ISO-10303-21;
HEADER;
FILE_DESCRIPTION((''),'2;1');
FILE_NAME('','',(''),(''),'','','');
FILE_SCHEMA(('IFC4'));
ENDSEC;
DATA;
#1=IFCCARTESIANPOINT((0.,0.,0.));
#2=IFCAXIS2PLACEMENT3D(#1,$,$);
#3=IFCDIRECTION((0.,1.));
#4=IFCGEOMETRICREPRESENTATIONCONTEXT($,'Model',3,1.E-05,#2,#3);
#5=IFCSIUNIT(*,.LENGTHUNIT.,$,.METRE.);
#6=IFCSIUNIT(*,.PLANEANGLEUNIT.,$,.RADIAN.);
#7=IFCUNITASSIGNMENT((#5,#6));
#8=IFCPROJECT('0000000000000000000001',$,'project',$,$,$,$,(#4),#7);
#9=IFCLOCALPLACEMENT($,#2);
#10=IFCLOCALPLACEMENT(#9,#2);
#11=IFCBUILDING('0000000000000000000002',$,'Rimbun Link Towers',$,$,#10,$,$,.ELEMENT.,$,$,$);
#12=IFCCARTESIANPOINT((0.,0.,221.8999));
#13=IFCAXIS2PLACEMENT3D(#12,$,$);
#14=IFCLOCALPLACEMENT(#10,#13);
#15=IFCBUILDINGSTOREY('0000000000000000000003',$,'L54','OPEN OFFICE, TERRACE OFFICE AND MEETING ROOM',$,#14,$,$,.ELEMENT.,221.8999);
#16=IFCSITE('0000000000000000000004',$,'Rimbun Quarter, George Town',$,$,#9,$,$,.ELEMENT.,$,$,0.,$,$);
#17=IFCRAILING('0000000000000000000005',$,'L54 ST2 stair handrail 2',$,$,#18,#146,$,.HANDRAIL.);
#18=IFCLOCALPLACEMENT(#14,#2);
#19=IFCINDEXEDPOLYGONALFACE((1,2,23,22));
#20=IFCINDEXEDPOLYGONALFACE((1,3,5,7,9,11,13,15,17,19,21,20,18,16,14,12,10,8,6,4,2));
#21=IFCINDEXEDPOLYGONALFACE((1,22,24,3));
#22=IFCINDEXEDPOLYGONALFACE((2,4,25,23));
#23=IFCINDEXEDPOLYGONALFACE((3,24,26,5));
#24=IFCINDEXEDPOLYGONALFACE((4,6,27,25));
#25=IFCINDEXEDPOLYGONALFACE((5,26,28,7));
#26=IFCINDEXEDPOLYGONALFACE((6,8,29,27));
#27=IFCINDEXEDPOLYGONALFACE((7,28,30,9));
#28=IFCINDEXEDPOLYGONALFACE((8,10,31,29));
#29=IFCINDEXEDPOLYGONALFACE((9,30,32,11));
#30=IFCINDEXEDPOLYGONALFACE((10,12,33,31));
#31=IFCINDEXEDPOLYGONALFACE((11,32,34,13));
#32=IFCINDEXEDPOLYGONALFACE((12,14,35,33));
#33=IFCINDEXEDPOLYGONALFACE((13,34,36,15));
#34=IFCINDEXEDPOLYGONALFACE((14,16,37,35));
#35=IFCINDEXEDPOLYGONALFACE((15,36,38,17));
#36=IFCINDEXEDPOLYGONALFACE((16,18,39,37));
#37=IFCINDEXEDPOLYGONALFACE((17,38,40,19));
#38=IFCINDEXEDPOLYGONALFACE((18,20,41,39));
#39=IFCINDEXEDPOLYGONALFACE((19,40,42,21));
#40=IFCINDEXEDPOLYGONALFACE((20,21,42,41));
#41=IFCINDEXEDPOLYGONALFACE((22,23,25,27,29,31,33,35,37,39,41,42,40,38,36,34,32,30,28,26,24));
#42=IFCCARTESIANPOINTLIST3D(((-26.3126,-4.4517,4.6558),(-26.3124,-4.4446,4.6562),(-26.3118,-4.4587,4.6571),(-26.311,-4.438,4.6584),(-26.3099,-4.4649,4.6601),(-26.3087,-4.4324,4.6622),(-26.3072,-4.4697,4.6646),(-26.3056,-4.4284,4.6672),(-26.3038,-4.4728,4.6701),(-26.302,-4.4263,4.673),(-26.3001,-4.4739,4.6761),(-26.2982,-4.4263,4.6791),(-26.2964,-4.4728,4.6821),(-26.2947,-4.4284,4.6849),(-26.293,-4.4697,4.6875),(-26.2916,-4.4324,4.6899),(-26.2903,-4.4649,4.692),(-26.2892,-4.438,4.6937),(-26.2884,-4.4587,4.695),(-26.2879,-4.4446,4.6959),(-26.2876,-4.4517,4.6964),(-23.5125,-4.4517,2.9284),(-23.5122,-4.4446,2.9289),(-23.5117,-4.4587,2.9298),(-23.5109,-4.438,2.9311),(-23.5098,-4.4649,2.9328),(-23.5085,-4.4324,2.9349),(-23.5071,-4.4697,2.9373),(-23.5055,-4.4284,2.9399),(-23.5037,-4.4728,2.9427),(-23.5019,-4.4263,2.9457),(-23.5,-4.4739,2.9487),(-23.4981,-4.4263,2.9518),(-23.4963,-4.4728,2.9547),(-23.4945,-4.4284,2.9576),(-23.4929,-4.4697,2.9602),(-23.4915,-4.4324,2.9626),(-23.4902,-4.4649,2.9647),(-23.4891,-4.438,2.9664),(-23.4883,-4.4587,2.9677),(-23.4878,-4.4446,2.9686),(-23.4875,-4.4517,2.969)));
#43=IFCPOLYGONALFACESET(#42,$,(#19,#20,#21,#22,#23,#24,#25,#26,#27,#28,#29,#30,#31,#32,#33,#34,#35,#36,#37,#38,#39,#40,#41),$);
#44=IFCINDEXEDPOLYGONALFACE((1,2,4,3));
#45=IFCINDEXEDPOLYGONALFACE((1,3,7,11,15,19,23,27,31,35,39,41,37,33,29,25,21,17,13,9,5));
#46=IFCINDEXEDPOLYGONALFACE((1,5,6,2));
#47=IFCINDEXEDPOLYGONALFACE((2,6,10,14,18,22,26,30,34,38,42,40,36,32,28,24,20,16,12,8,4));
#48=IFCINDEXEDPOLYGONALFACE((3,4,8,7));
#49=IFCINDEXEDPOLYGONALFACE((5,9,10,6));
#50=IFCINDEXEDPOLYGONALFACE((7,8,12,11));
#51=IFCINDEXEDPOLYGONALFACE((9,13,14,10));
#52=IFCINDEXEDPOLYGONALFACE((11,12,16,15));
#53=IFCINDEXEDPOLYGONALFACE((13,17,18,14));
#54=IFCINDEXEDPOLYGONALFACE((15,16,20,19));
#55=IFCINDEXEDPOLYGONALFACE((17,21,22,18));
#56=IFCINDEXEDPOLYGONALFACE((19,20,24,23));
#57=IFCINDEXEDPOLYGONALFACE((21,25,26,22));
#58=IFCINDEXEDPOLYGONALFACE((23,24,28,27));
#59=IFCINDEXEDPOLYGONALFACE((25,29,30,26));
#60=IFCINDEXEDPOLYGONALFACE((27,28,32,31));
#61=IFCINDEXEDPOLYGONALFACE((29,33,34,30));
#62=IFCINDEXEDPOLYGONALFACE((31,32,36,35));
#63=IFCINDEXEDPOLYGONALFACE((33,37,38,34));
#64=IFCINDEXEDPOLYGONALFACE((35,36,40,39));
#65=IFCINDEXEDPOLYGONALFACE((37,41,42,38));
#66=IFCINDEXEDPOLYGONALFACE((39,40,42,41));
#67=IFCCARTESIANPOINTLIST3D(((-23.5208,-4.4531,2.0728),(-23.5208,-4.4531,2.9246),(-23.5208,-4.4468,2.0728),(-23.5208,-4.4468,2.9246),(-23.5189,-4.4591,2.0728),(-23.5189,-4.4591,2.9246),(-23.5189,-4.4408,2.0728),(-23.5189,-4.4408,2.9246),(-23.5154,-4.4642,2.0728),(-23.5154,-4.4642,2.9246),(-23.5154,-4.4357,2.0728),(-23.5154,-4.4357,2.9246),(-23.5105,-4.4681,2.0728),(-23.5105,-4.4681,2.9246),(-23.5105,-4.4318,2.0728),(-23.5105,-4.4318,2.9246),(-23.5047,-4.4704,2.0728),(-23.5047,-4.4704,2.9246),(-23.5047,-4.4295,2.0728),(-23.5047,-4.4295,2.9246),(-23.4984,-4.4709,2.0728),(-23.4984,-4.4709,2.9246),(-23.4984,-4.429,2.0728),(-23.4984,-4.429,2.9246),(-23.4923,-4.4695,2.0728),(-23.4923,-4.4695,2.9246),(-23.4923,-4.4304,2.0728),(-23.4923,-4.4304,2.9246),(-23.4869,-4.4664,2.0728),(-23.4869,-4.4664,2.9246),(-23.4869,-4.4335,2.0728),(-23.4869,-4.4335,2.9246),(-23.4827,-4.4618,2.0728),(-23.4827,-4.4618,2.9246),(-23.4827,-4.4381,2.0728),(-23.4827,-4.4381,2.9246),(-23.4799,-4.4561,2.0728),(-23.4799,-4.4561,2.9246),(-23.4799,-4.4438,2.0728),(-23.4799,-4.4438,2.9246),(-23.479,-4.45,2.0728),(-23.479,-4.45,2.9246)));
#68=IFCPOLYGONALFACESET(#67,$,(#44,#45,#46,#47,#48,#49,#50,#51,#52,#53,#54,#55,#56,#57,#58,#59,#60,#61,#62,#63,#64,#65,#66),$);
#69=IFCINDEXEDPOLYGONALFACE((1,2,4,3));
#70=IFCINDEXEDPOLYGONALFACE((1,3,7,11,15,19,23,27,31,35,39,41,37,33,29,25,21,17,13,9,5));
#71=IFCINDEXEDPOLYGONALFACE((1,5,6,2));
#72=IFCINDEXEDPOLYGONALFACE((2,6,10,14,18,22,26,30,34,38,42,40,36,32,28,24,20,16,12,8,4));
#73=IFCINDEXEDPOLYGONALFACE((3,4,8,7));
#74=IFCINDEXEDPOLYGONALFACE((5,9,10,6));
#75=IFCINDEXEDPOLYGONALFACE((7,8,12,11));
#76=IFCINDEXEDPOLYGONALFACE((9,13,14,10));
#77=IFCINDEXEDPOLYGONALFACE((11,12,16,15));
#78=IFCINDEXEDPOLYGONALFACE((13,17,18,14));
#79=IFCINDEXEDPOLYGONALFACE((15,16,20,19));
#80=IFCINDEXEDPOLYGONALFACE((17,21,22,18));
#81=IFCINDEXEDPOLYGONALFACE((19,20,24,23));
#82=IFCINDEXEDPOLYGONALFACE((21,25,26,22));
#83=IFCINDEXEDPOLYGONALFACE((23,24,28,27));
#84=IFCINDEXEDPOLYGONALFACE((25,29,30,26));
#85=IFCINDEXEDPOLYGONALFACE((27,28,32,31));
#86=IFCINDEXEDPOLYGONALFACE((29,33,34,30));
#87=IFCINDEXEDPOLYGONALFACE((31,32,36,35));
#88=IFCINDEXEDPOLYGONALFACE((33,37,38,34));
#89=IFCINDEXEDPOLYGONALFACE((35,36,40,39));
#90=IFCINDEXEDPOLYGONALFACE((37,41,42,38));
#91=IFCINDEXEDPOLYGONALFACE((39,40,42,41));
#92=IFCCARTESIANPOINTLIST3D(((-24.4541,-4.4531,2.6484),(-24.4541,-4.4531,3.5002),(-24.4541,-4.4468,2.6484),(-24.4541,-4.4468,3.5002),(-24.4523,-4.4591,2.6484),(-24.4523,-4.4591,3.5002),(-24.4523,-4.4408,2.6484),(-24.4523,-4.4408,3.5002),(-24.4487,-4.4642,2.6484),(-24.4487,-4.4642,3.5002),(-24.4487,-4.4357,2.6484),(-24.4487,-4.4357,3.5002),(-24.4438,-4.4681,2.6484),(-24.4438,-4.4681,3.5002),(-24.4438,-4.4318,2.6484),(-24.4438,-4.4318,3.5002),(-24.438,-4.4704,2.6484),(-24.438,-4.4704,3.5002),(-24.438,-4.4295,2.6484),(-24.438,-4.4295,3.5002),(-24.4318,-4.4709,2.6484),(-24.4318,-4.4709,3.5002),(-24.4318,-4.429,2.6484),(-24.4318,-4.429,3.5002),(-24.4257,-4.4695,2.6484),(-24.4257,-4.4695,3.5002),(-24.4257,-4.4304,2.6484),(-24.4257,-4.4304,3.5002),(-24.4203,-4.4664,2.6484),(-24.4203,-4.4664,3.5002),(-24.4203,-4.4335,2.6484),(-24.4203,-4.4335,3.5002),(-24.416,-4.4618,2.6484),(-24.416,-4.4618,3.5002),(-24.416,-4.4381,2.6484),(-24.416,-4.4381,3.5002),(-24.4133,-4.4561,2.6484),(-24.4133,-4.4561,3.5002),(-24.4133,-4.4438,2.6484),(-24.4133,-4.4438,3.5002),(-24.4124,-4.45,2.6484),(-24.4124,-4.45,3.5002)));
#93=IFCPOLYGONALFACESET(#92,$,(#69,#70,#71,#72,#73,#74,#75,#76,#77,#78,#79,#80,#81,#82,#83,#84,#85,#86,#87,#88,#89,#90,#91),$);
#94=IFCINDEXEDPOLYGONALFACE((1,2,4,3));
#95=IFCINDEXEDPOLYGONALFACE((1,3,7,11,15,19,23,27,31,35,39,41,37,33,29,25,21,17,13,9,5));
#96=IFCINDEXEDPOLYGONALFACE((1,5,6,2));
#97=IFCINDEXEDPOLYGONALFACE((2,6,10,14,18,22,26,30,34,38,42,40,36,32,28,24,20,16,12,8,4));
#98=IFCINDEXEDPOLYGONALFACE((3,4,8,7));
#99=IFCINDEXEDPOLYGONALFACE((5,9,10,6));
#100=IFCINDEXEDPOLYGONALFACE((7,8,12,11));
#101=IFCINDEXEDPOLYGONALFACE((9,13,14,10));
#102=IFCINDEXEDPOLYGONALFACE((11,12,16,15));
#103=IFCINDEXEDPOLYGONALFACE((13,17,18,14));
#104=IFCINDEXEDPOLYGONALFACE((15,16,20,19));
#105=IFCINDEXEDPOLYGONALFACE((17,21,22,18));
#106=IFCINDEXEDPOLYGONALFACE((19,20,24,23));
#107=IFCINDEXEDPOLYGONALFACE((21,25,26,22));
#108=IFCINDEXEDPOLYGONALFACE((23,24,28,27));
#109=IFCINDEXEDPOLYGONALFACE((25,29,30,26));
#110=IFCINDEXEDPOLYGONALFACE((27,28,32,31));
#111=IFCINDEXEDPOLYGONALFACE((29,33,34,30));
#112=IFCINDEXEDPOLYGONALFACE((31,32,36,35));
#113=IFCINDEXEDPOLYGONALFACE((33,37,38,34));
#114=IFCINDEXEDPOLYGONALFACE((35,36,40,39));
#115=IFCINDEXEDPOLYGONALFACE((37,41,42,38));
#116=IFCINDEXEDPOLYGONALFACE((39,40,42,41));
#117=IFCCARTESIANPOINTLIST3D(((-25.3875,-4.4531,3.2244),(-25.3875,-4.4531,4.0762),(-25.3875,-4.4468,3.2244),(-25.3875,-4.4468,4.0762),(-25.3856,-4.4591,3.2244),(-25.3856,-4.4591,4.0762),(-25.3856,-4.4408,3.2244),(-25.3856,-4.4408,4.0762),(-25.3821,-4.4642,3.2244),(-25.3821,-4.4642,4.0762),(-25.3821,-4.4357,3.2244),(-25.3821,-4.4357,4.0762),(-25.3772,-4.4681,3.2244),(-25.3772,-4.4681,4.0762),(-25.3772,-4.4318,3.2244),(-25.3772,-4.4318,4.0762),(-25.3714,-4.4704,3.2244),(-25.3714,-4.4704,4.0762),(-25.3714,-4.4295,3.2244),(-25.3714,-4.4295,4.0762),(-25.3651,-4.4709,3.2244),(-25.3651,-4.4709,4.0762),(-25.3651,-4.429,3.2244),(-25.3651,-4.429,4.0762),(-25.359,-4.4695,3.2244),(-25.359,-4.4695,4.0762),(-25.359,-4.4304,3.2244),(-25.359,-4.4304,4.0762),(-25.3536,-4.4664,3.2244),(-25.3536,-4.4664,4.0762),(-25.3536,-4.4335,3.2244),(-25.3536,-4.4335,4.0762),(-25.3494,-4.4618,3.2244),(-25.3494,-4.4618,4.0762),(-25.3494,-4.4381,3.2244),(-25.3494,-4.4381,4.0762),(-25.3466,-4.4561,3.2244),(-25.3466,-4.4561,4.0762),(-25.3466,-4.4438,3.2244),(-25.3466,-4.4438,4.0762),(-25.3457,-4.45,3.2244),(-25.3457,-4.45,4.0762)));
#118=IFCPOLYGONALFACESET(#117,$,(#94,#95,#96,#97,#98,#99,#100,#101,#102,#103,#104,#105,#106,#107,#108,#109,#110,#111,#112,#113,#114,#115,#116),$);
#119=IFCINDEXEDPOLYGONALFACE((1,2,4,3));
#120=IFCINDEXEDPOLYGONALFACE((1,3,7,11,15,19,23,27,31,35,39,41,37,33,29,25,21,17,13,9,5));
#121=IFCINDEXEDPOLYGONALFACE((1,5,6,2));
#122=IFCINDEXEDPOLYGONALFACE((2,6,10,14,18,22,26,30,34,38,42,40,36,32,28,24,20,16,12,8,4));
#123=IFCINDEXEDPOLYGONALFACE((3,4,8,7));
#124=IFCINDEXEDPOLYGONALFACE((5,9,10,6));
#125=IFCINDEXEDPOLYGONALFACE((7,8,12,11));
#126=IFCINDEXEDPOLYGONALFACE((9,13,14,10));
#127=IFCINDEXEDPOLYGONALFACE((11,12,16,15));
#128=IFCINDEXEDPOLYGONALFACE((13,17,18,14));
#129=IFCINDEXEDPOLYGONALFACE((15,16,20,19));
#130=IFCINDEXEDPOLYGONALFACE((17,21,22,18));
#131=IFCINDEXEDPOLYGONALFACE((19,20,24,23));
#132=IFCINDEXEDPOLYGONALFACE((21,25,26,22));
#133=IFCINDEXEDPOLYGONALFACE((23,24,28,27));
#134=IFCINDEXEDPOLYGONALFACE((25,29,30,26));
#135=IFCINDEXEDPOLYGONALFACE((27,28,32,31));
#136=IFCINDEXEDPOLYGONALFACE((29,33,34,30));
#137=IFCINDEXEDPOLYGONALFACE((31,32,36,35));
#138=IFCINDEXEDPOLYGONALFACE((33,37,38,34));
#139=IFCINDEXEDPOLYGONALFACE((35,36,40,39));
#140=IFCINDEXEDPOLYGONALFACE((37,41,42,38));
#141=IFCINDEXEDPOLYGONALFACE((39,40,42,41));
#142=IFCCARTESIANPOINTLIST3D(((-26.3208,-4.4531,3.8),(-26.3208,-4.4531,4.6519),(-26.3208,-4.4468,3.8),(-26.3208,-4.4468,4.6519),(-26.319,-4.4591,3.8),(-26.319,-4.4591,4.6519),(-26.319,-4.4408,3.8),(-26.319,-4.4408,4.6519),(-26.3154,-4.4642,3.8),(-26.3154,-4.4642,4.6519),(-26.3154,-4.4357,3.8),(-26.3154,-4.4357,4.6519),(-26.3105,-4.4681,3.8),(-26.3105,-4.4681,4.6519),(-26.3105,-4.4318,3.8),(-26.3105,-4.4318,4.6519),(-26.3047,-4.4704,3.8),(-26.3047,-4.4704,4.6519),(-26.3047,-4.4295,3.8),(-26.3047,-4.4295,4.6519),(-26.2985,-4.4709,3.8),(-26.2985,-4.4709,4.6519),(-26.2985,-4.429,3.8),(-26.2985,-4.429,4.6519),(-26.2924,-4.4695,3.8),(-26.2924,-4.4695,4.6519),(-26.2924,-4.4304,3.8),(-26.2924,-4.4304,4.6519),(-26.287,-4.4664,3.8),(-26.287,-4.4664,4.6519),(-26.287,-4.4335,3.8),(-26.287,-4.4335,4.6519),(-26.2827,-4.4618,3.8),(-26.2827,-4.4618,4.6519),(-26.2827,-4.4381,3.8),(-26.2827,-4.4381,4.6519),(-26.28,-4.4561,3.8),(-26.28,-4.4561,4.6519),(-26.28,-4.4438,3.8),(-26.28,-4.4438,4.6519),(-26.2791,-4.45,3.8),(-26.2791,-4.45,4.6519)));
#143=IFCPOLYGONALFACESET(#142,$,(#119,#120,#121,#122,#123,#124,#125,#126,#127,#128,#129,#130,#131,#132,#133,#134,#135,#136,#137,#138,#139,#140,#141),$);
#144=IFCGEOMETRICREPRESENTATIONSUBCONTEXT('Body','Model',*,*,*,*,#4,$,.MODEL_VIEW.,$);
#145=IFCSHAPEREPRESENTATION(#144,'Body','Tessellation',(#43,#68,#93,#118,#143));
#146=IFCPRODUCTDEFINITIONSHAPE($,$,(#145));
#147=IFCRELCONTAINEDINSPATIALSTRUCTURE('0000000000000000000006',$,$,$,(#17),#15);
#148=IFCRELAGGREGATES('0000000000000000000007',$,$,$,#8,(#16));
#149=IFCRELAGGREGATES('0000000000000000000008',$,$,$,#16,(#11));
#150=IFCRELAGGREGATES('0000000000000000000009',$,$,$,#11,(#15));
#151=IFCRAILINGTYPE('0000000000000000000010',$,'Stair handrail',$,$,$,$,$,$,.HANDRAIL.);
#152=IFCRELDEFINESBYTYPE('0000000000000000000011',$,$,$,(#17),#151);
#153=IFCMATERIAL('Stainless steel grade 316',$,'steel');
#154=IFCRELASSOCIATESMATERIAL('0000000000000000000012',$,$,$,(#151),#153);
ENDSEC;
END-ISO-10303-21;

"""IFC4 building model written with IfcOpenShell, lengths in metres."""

from ifc_helpers import new_model, si_unit, direction, frame, origin, origin_2d, place, context, subcontext, project, spatial, circle, extrude, material, type_object, element, save


model = new_model("IFC4")

# Units and contexts
model_context = context("Model", 3, precision=1e-05, world=origin(), true_north=direction((0.0, 1.0)))
body_context = subcontext(model_context, "Body", "Model", "MODEL_VIEW")
ifc_project = project(units=[si_unit("LENGTHUNIT", "METRE"), si_unit("PLANEANGLEUNIT", "RADIAN")], contexts=[model_context])

# Site, building, storey
site_placement = place(None, origin())
site = spatial("IfcSite", under=ifc_project, at=site_placement, Name="Rimbun Quarter, George Town", CompositionType="ELEMENT", RefElevation=0.0)
building_placement = place(site_placement, origin())
building = spatial("IfcBuilding", under=site, at=building_placement, Name="Rimbun Link Towers", CompositionType="ELEMENT")
storey_placement = place(building_placement, frame((0.0, 0.0, 221.8999)))
storey = spatial("IfcBuildingStorey", under=building, at=storey_placement, Name="L54", Description="OPEN OFFICE, TERRACE OFFICE AND MEETING ROOM", CompositionType="ELEMENT", Elevation=221.8999)

# Railing
ifc_material_1 = material(Name="Stainless steel grade 316", Category="steel")
railing_type_1 = type_object("IfcRailingType", Name="Stair handrail", PredefinedType="HANDRAIL", material=ifc_material_1)
railing_1_placement = place(storey_placement, frame((-23.5, -4.45, 2.0728)))
element("IfcRailing", 1, at=railing_1_placement, inside=storey, type_object=railing_type_1, Name="L54 ST2 stair handrail 2", PredefinedType="HANDRAIL", context=body_context, shape_type="SweptSolid", body=[
    extrude(circle(Radius=0.0239, at=origin_2d()), frame((0.0, 0.0, 0.876), z_axis=(-0.85109, 0.0, 0.52502), x_axis=(0.0, -1.0, 0.0)), (0.0, 0.0, 1.0), 3.29),
    extrude(circle(Radius=0.021, at=origin_2d()), origin(), (0.0, 0.0, 1.0), 0.8518),
    extrude(circle(Radius=0.021, at=origin_2d()), frame((-0.9333, 0.0, 0.5757)), (0.0, 0.0, 1.0), 0.8518),
    extrude(circle(Radius=0.021, at=origin_2d()), frame((-1.8667, 0.0, 1.1516)), (0.0, 0.0, 1.0), 0.8518),
    extrude(circle(Radius=0.021, at=origin_2d()), frame((-2.8, 0.0, 1.7273)), (0.0, 0.0, 1.0), 0.8518),
])

save(model, "model.ifc")
